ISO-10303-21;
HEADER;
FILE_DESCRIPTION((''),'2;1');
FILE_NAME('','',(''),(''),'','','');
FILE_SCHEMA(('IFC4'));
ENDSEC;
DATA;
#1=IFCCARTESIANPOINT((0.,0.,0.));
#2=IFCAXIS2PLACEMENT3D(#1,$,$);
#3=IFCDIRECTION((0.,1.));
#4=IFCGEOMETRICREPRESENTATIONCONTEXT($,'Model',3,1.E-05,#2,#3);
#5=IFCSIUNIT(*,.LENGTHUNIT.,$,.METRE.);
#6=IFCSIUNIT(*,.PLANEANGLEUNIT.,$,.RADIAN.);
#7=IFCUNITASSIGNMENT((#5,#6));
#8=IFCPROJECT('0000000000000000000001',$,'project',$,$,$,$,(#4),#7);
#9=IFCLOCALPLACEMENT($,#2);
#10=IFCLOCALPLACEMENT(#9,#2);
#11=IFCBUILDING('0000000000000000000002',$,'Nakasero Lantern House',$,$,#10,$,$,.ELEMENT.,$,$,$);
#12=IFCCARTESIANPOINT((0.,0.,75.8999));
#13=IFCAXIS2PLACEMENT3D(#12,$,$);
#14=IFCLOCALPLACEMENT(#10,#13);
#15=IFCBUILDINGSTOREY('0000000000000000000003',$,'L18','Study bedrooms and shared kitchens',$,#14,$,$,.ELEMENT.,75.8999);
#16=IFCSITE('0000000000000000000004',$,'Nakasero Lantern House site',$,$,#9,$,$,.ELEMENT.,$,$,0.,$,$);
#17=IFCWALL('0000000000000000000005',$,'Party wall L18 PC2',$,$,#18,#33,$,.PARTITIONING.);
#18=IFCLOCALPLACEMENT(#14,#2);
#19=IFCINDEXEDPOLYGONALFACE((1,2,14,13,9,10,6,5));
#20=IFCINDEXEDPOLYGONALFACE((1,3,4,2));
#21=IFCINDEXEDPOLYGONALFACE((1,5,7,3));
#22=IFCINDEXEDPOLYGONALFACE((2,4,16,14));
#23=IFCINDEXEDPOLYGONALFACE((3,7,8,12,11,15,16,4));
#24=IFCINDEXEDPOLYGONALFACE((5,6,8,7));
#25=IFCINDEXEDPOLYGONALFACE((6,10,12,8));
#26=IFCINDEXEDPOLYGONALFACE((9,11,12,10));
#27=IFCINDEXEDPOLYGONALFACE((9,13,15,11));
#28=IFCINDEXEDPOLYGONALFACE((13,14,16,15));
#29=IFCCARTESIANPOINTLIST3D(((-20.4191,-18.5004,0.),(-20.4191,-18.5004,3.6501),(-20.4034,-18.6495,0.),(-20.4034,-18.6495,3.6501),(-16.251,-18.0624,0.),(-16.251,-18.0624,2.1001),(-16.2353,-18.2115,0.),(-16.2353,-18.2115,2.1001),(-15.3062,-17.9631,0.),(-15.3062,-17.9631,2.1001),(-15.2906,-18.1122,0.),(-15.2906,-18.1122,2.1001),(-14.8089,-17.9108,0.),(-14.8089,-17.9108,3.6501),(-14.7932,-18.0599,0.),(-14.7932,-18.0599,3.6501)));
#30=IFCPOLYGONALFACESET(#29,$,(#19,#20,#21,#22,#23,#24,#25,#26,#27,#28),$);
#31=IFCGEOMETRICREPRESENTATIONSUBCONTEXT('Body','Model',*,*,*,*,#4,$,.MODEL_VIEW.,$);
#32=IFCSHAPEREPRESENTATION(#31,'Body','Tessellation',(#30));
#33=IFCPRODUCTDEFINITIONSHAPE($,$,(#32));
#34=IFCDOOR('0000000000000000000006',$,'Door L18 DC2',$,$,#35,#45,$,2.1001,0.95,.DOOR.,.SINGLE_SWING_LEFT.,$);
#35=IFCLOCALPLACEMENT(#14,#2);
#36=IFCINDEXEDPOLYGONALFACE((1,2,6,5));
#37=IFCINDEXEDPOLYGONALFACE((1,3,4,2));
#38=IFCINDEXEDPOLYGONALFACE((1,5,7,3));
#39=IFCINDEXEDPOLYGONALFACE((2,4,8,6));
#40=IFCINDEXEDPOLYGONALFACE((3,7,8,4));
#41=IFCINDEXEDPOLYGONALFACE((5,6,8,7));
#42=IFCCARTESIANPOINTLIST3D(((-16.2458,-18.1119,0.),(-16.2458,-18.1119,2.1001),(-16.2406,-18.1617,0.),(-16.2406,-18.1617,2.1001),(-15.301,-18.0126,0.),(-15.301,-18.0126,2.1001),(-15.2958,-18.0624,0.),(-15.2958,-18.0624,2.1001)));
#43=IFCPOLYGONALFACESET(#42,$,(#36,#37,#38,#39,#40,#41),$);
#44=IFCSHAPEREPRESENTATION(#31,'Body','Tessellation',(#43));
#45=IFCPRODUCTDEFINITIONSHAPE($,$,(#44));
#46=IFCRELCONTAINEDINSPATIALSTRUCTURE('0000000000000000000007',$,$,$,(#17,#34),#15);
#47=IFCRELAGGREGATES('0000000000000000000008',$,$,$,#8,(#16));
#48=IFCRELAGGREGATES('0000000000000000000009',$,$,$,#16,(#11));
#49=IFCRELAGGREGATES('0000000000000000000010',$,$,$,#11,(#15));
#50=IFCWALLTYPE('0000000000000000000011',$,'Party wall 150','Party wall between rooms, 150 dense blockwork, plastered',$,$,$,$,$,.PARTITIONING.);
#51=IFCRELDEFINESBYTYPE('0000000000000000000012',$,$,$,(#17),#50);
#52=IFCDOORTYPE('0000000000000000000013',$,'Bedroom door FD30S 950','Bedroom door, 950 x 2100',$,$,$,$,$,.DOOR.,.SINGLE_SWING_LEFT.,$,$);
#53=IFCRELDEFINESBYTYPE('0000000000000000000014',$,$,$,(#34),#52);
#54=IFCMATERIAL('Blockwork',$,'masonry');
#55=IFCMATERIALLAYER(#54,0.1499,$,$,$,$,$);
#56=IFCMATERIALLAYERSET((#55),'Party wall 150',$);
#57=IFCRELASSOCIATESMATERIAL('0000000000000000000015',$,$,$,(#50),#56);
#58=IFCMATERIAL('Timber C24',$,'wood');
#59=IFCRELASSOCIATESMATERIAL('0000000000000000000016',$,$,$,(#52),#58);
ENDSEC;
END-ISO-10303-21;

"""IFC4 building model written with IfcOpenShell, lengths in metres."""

from ifc_helpers import new_model, si_unit, direction, frame, frame_2d, origin, place, context, subcontext, project, spatial, rectangle, extrude, material, layer, layer_set, type_object, element, fill, save


model = new_model("IFC4")

# Units and contexts
model_context = context("Model", 3, precision=1e-05, world=origin(), true_north=direction((0.0, 1.0)))
body_context = subcontext(model_context, "Body", "Model", "MODEL_VIEW")
ifc_project = project(units=[si_unit("LENGTHUNIT", "METRE"), si_unit("PLANEANGLEUNIT", "RADIAN")], contexts=[model_context])

# Site, building, storey
site_placement = place(None, origin())
site = spatial("IfcSite", under=ifc_project, at=site_placement, Name="Nakasero Lantern House site", CompositionType="ELEMENT", RefElevation=0.0)
building_placement = place(site_placement, origin())
building = spatial("IfcBuilding", under=site, at=building_placement, Name="Nakasero Lantern House", CompositionType="ELEMENT")
storey_placement = place(building_placement, frame((0.0, 0.0, 75.8999)))
storey = spatial("IfcBuildingStorey", under=building, at=storey_placement, Name="L18", Description="Study bedrooms and shared kitchens", CompositionType="ELEMENT", Elevation=75.8999)

# Shared definitions
ifc_material_1 = material(Name="Blockwork", Category="masonry")
ifc_layer_1 = layer(ifc_material_1, 0.1499)
ifc_layer_set_1 = layer_set([ifc_layer_1], Name="Party wall 150")
wall_type_1 = type_object("IfcWallType", Name="Party wall 150", Description="Party wall between rooms, 150 dense blockwork, plastered", PredefinedType="PARTITIONING", material=ifc_layer_set_1)

# Wall, opening, door
wall_1_placement = place(storey_placement, frame((-14.801, -17.9854, 0.0), z_axis=(0.0, 0.0, 1.0), x_axis=(-0.994523, -0.10452, 0.0)))
wall_1 = element("IfcWall", 1, at=wall_1_placement, inside=storey, type_object=wall_type_1, Name="Party wall L18 PC2", PredefinedType="PARTITIONING", context=body_context, shape_type="SweptSolid", body=[
    extrude(rectangle(XDim=5.6411, YDim=0.1499, at=frame_2d((2.8206, 0.0))), origin(), (0.0, 0.0, 1.0), 3.6501),
])
opening_1_placement = place(wall_1_placement, frame((0.5, 0.0, 0.0)))
opening_1 = element("IfcOpeningElement", 2, at=opening_1_placement, cuts=wall_1, PredefinedType="OPENING", context=body_context, shape_type="SweptSolid", body=[
    extrude(rectangle(XDim=0.95, YDim=2.1001, at=frame_2d((0.4751, 1.05))), frame((0.0, 0.095, 0.0), z_axis=(0.0, -1.0, 0.0), x_axis=(1.0, 0.0, 0.0)), (0.0, 0.0, 1.0), 0.1899),
])
ifc_material_2 = material(Name="Timber C24", Category="wood")
door_type_1 = type_object("IfcDoorType", Name="Bedroom door FD30S 950", Description="Bedroom door, 950 x 2100", OperationType="SINGLE_SWING_LEFT", PredefinedType="DOOR", material=ifc_material_2)
door_1_placement = place(opening_1_placement, origin())
door_1 = element("IfcDoor", 3, at=door_1_placement, inside=storey, type_object=door_type_1, Name="Door L18 DC2", OperationType="SINGLE_SWING_LEFT", OverallHeight=2.1001, OverallWidth=0.95, PredefinedType="DOOR", context=body_context, shape_type="SweptSolid", body=[
    extrude(rectangle(XDim=0.95, YDim=2.1001, at=frame_2d((0.4751, 1.05))), frame((0.0, 0.0249, 0.0), z_axis=(0.0, -1.0, 0.0), x_axis=(1.0, 0.0, 0.0)), (0.0, 0.0, 1.0), 0.05),
])
fill(opening_1, door_1)

save(model, "model.ifc")
